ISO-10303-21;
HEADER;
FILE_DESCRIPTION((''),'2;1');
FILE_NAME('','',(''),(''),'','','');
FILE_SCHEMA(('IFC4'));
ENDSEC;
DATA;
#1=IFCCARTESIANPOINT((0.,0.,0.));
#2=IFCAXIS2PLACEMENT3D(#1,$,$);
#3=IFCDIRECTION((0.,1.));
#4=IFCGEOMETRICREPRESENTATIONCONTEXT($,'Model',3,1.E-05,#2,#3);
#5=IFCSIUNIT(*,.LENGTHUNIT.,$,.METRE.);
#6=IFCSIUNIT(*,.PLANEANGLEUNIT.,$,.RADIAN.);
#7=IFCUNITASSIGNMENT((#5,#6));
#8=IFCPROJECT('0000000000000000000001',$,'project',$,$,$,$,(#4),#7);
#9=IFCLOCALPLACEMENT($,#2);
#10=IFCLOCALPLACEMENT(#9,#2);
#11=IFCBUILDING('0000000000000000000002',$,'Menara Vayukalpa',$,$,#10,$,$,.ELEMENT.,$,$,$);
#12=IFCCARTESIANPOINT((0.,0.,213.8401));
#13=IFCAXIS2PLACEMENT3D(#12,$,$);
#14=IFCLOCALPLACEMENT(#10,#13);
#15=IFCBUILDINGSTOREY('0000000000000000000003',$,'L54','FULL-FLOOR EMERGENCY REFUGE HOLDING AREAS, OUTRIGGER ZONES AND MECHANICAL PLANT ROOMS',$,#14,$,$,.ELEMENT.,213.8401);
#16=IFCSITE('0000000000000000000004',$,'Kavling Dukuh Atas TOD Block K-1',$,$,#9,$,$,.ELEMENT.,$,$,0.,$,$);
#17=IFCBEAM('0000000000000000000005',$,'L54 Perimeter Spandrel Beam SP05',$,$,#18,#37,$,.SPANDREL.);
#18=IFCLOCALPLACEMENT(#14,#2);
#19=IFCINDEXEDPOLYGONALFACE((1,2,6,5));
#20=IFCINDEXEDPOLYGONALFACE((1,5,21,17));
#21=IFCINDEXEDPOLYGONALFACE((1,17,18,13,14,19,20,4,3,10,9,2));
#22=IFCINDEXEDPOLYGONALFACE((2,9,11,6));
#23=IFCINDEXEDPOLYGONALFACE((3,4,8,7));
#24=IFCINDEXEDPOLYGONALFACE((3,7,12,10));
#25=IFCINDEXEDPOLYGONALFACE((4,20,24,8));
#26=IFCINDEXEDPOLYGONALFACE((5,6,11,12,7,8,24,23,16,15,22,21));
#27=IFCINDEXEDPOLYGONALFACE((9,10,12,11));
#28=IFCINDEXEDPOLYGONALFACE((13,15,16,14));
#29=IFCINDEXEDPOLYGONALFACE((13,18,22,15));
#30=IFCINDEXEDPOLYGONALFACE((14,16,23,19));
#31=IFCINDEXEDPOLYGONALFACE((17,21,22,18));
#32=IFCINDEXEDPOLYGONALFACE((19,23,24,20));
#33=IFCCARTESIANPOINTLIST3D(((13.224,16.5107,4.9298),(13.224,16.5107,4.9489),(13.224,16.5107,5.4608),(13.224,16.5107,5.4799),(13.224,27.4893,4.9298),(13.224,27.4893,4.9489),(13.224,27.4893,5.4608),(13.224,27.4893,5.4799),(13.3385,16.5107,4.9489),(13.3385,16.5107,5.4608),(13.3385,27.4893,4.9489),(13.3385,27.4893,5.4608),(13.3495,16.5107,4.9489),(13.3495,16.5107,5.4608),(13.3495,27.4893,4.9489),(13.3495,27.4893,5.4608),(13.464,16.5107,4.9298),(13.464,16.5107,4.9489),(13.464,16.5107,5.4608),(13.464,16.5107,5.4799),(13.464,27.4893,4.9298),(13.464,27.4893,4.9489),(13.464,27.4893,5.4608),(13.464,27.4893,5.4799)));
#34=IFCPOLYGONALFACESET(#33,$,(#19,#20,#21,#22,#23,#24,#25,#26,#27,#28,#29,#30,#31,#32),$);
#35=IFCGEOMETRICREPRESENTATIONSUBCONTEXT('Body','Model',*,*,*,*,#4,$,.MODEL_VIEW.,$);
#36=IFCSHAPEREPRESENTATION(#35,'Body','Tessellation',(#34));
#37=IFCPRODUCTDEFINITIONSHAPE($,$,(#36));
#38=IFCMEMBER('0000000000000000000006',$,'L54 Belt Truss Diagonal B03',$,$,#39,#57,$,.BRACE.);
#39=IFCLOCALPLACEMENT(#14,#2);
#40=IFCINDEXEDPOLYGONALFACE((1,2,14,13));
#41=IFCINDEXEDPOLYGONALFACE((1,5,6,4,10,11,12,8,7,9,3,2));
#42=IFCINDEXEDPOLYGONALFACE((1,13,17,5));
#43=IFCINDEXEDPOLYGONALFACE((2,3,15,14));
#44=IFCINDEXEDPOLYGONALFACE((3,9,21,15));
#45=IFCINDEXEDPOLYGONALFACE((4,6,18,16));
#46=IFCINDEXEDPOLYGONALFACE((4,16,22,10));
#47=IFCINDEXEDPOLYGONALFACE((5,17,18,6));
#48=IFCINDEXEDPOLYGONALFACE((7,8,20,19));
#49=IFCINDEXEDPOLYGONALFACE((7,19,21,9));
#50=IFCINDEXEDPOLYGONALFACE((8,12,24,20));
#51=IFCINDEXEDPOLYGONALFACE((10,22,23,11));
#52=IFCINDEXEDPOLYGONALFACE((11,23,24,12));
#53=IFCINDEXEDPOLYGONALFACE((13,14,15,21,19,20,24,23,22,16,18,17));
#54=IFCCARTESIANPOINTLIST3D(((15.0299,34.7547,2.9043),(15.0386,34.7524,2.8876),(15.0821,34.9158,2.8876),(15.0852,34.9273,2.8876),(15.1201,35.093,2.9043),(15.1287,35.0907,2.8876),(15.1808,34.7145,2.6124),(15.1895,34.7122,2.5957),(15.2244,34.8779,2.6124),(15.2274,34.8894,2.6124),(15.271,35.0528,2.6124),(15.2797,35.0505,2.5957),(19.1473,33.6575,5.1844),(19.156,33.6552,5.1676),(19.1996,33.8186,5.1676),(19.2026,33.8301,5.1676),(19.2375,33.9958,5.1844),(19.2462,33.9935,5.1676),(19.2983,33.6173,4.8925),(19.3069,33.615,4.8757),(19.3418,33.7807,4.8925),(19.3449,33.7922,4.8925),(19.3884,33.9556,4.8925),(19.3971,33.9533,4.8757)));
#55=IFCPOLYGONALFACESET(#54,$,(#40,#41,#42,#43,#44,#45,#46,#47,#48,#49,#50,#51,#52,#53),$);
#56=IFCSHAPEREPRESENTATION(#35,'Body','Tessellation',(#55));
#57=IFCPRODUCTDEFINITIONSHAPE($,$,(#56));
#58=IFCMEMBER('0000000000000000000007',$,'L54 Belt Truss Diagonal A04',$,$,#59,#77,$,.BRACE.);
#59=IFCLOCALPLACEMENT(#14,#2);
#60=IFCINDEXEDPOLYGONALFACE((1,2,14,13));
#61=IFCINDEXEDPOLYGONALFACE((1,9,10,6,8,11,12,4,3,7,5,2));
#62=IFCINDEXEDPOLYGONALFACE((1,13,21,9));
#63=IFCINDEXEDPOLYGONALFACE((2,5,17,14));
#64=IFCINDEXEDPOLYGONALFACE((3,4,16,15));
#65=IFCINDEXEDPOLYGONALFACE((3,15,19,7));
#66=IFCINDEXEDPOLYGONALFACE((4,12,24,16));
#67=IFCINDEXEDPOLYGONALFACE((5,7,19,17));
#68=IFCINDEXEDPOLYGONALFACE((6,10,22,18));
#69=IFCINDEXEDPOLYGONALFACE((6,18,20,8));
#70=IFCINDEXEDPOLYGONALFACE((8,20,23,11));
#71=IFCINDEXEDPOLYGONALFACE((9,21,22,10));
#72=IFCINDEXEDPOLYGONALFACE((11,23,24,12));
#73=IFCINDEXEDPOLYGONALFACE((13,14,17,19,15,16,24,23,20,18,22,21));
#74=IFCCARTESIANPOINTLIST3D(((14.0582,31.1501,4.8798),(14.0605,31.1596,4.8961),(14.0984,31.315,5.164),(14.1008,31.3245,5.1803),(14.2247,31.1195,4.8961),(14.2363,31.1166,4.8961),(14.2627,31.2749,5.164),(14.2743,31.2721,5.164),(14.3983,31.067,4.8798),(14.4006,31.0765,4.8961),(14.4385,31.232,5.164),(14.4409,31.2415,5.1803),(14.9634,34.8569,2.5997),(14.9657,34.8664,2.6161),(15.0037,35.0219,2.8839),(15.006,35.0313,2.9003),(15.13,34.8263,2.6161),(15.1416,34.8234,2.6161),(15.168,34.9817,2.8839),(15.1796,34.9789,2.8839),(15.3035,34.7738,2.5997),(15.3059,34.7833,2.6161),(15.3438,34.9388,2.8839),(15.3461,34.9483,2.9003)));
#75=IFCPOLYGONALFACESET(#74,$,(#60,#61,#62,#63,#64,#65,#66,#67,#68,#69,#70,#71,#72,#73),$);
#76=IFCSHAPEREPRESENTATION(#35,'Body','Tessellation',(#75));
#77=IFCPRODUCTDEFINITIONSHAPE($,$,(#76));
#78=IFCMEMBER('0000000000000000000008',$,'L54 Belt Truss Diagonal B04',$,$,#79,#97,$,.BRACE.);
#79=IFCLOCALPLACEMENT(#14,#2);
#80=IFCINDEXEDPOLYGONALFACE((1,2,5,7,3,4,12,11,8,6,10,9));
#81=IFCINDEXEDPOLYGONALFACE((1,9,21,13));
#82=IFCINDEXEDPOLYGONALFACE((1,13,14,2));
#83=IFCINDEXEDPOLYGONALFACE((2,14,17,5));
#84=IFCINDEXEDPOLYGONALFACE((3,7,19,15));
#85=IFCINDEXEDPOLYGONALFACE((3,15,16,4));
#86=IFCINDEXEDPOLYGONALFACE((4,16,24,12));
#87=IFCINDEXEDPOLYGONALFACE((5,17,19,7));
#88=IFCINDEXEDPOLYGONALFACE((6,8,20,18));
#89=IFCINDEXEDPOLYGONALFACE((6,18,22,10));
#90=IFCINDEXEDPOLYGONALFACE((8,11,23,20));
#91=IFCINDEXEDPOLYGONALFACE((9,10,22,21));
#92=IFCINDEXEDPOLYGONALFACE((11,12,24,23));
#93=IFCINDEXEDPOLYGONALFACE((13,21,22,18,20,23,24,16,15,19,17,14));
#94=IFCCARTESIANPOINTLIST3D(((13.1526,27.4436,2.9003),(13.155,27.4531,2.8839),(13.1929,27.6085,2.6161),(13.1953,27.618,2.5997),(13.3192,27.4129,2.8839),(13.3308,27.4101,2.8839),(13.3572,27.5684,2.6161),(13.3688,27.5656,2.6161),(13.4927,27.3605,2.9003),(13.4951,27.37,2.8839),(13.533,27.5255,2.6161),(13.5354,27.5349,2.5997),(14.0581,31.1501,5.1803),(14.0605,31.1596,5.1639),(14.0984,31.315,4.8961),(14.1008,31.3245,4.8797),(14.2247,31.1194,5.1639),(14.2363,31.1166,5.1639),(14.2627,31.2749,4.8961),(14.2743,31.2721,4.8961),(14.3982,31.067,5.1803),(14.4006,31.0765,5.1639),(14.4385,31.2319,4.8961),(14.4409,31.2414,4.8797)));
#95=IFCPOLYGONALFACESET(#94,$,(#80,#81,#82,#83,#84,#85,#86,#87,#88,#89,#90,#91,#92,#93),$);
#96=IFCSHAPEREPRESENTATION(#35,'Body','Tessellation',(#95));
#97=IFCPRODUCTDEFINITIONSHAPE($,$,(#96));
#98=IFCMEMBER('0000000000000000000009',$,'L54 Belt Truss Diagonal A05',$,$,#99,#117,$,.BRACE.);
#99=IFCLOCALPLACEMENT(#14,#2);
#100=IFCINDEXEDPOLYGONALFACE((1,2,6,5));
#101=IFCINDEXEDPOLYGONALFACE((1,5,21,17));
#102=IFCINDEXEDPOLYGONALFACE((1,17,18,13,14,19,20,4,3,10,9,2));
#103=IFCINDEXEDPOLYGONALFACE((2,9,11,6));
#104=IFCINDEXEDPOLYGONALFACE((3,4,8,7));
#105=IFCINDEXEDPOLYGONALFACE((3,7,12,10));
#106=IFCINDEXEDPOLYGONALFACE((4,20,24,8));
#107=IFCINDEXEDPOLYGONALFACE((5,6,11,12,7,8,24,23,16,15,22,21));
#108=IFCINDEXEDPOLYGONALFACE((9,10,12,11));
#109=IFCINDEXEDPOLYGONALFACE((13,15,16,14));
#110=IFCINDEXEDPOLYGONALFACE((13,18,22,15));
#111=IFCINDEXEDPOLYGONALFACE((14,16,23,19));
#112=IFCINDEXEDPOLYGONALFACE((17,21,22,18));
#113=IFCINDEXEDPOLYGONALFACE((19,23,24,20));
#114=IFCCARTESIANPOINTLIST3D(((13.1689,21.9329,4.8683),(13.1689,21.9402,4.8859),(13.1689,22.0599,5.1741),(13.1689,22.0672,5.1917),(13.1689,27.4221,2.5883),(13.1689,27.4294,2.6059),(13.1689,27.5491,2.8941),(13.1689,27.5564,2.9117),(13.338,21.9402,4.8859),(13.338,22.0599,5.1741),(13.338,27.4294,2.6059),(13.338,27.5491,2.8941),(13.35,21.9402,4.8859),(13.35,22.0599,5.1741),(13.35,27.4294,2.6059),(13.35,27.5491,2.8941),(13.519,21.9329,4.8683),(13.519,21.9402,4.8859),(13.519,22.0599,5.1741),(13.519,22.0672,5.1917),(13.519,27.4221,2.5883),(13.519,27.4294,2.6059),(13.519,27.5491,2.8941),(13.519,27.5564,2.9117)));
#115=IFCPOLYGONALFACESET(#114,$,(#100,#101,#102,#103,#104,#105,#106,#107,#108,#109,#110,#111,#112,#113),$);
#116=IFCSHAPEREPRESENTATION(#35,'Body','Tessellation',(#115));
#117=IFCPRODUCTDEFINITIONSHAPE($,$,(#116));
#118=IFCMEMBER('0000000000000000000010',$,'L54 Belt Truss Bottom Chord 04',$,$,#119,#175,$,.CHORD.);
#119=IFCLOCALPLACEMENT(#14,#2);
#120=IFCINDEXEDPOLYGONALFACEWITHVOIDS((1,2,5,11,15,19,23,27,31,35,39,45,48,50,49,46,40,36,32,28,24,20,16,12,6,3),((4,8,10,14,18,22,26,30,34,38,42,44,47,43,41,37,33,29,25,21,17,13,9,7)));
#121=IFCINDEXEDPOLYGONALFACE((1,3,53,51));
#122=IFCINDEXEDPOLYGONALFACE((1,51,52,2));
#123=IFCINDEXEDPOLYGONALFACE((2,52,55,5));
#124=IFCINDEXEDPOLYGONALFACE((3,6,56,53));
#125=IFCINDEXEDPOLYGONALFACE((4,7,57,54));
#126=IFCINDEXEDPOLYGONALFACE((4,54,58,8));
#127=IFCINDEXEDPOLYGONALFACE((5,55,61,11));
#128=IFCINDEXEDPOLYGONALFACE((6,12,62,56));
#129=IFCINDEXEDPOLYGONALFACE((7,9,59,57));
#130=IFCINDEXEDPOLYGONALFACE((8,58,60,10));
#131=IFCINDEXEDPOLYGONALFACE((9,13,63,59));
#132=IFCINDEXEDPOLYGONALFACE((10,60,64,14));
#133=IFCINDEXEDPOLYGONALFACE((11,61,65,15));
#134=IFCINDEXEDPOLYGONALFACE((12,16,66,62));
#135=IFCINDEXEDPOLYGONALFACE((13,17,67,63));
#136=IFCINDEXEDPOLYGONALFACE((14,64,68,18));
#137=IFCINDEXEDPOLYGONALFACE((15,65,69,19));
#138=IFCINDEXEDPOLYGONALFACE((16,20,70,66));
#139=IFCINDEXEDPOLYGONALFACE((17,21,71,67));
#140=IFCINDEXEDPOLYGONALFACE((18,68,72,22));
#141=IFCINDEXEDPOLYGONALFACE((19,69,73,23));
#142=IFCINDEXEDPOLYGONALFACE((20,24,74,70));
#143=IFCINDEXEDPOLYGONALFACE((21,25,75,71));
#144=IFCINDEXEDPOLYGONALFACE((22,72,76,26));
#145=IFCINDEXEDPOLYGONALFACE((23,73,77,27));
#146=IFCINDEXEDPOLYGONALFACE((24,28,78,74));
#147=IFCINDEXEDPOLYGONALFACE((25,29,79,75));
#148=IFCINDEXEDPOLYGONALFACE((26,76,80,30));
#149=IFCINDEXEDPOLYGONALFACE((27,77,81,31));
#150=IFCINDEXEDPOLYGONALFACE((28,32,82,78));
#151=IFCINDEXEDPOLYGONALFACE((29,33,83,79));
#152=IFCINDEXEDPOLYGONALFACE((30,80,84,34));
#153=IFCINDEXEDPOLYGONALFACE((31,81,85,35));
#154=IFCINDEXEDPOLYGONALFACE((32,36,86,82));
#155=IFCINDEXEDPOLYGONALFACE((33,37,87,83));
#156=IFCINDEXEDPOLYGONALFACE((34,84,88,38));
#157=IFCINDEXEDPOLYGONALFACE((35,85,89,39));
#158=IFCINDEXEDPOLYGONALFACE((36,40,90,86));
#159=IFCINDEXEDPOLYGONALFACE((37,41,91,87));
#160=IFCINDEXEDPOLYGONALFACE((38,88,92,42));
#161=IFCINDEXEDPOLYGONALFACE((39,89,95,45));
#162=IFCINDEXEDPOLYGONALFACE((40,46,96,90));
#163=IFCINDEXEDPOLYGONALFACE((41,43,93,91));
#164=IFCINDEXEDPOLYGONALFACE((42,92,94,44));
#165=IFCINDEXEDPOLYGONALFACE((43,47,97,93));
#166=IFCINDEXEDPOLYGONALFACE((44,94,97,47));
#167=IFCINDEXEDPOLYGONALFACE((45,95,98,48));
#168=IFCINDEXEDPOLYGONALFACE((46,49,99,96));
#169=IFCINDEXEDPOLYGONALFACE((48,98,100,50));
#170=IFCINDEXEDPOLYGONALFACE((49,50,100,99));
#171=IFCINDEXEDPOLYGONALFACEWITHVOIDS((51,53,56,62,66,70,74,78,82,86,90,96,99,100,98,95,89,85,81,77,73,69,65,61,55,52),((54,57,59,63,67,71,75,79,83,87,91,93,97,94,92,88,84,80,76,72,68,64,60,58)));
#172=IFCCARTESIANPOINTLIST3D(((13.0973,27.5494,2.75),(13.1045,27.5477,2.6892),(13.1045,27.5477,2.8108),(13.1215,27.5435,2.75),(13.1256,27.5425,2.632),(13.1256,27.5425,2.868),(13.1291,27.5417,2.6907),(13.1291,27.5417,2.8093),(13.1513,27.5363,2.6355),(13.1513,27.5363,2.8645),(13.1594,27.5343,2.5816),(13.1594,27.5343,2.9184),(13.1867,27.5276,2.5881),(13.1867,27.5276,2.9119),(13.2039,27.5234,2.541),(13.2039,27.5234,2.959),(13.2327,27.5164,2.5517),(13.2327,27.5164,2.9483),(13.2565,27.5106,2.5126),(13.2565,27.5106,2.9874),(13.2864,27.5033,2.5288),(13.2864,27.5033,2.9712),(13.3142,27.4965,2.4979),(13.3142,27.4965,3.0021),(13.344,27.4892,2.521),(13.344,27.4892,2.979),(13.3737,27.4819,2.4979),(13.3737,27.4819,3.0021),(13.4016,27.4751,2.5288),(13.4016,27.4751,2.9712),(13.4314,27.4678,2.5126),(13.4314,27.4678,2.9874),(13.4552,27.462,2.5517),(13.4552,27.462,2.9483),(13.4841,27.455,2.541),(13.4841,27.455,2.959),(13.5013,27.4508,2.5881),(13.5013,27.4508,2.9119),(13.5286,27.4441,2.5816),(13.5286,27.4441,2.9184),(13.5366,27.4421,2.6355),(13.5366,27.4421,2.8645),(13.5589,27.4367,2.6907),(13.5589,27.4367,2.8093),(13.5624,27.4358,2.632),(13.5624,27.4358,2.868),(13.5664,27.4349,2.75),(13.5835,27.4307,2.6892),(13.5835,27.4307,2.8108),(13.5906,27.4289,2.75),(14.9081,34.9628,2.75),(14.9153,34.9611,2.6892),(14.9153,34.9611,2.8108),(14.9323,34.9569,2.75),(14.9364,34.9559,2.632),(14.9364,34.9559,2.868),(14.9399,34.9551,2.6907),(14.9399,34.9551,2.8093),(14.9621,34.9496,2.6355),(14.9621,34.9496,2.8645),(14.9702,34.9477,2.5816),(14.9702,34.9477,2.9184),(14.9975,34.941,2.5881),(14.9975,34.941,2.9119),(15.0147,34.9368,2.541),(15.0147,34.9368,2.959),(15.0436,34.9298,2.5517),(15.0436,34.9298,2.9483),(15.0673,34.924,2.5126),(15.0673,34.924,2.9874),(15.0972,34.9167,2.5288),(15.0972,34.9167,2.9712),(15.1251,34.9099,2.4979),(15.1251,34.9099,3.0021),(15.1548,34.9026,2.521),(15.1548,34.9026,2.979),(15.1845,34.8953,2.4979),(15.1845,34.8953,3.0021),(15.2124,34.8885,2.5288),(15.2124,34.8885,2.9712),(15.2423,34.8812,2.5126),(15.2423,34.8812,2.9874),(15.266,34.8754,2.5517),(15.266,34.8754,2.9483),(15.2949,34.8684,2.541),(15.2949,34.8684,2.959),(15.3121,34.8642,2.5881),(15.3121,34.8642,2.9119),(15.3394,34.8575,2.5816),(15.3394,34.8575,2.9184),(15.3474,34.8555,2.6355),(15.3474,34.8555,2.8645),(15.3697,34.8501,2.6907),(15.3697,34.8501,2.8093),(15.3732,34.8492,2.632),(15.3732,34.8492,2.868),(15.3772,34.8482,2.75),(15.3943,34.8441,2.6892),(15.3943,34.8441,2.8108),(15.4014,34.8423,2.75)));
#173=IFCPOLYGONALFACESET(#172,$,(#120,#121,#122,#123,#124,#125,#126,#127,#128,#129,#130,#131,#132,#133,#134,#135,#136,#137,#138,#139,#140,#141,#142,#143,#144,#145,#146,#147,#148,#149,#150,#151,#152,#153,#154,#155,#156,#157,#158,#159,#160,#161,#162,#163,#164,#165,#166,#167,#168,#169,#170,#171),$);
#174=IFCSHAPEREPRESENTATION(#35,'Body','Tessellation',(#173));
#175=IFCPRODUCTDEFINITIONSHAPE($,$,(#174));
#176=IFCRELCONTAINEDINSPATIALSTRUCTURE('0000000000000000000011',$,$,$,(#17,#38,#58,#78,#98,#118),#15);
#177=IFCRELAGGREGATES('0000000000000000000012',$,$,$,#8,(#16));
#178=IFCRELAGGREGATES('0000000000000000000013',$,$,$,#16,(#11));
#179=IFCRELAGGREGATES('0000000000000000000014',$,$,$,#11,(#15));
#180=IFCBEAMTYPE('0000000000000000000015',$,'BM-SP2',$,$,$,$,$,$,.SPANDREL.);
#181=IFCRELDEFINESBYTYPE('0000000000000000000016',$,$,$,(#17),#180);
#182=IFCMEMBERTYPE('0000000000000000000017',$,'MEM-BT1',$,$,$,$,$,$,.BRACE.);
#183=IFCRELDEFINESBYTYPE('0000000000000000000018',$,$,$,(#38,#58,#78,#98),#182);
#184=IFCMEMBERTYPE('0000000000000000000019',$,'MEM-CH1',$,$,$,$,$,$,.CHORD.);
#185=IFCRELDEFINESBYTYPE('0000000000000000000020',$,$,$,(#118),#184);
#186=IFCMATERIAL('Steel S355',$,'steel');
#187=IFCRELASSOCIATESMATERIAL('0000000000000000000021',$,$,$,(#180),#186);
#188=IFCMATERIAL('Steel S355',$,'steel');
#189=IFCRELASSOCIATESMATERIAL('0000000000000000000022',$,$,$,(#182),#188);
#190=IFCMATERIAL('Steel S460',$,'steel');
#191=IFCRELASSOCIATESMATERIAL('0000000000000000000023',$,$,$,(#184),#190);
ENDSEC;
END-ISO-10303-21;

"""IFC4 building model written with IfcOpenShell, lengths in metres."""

from ifc_helpers import new_model, si_unit, direction, frame, origin, origin_2d, place, context, subcontext, project, spatial, hollow_circle, i_section, extrude, material, material_profile, profile_set, type_object, element, save


model = new_model("IFC4")

# Units and contexts
model_context = context("Model", 3, precision=1e-05, world=origin(), true_north=direction((0.0, 1.0)))
body_context = subcontext(model_context, "Body", "Model", "MODEL_VIEW")
ifc_project = project(units=[si_unit("LENGTHUNIT", "METRE"), si_unit("PLANEANGLEUNIT", "RADIAN")], contexts=[model_context])

# Site, building, storey
site_placement = place(None, origin())
site = spatial("IfcSite", under=ifc_project, at=site_placement, Name="Kavling Dukuh Atas TOD Block K-1", CompositionType="ELEMENT", RefElevation=0.0)
building_placement = place(site_placement, origin())
building = spatial("IfcBuilding", under=site, at=building_placement, Name="Menara Vayukalpa", CompositionType="ELEMENT")
storey_placement = place(building_placement, frame((0.0, 0.0, 213.8401)))
storey = spatial("IfcBuildingStorey", under=building, at=storey_placement, Name="L54", Description="FULL-FLOOR EMERGENCY REFUGE HOLDING AREAS, OUTRIGGER ZONES AND MECHANICAL PLANT ROOMS", CompositionType="ELEMENT", Elevation=213.8401)

# Beam
ifc_material_1 = material(Name="Steel S355", Category="steel")
ifc_material_profile_1 = material_profile(ifc_material_1, i_section(OverallWidth=0.24, OverallDepth=0.55, WebThickness=0.011, FlangeThickness=0.019, at=origin_2d()), Name="WF 550x240x11x19")
ifc_profile_set_1 = profile_set([ifc_material_profile_1], Name="Steel S355")
beam_type_1 = type_object("IfcBeamType", Name="BM-SP2", PredefinedType="SPANDREL", material=ifc_profile_set_1)
beam_1_placement = place(storey_placement, frame((13.344, 27.4893, 5.2048), z_axis=(0.0, -1.0, 0.0), x_axis=(1.0, 0.0, 0.0)))
element("IfcBeam", 1, at=beam_1_placement, inside=storey, type_object=beam_type_1, Name="L54 Perimeter Spandrel Beam SP05", PredefinedType="SPANDREL", context=body_context, shape_type="SweptSolid", body=[
    extrude(i_section(OverallWidth=0.24, OverallDepth=0.55, WebThickness=0.011, FlangeThickness=0.019, at=origin_2d()), origin(), (0.0, 0.0, 1.0), 10.9785),
])

# Members
ifc_material_2 = material(Name="Steel S355", Category="steel")
ifc_material_profile_2 = material_profile(ifc_material_2, i_section(OverallWidth=0.3501, OverallDepth=0.3501, WebThickness=0.012, FlangeThickness=0.019, at=origin_2d()), Name="H 350x350x12x19")
ifc_profile_set_2 = profile_set([ifc_material_profile_2], Name="Steel S355")
member_type_1 = type_object("IfcMemberType", Name="MEM-BT1", PredefinedType="BRACE", material=ifc_profile_set_2)
member_1_placement = place(storey_placement, frame((15.1548, 34.9026, 2.75), z_axis=(0.851984, -0.227027, 0.471786), x_axis=(0.257484, 0.966282, 0.0)))
element("IfcMember", 2, at=member_1_placement, inside=storey, type_object=member_type_1, Name="L54 Belt Truss Diagonal B03", PredefinedType="BRACE", context=body_context, shape_type="SweptSolid", body=[
    extrude(i_section(OverallWidth=0.3501, OverallDepth=0.3501, WebThickness=0.012, FlangeThickness=0.019, at=origin_2d()), origin(), (0.0, 0.0, 1.0), 4.8328),
])
member_2_placement = place(storey_placement, frame((15.1548, 34.9026, 2.75), z_axis=(-0.20366, -0.833917, 0.512939), x_axis=(0.971449, -0.237248, 0.0)))
element("IfcMember", 3, at=member_2_placement, inside=storey, type_object=member_type_1, Name="L54 Belt Truss Diagonal A04", PredefinedType="BRACE", context=body_context, shape_type="SweptSolid", body=[
    extrude(i_section(OverallWidth=0.3501, OverallDepth=0.3501, WebThickness=0.012, FlangeThickness=0.019, at=origin_2d()), origin(), (0.0, 0.0, 1.0), 4.4451),
])
member_3_placement = place(storey_placement, frame((13.344, 27.4893, 2.75), z_axis=(0.203721, 0.83389, 0.512956), x_axis=(-0.971431, 0.237323, 0.0)))
element("IfcMember", 4, at=member_3_placement, inside=storey, type_object=member_type_1, Name="L54 Belt Truss Diagonal B04", PredefinedType="BRACE", context=body_context, shape_type="SweptSolid", body=[
    extrude(i_section(OverallWidth=0.3501, OverallDepth=0.3501, WebThickness=0.012, FlangeThickness=0.019, at=origin_2d()), origin(), (0.0, 0.0, 1.0), 4.4448),
])
member_4_placement = place(storey_placement, frame((13.344, 27.4893, 2.75), z_axis=(0.0, -0.923504, 0.383589), x_axis=(1.0, 0.0, 0.0)))
element("IfcMember", 5, at=member_4_placement, inside=storey, type_object=member_type_1, Name="L54 Belt Truss Diagonal A05", PredefinedType="BRACE", context=body_context, shape_type="SweptSolid", body=[
    extrude(i_section(OverallWidth=0.3501, OverallDepth=0.3501, WebThickness=0.012, FlangeThickness=0.019, at=origin_2d()), origin(), (0.0, 0.0, 1.0), 5.9438),
])
ifc_material_3 = material(Name="Steel S460", Category="steel")
ifc_material_profile_3 = material_profile(ifc_material_3, hollow_circle(Radius=0.2539, WallThickness=0.0249, at=origin_2d()), Name="CHS 508.0x25")
ifc_profile_set_3 = profile_set([ifc_material_profile_3], Name="Steel S460")
member_type_2 = type_object("IfcMemberType", Name="MEM-CH1", PredefinedType="CHORD", material=ifc_profile_set_3)
member_5_placement = place(storey_placement, frame((15.1548, 34.9026, 2.75), z_axis=(-0.237285, -0.97144, 0.0), x_axis=(0.97144, -0.237285, 0.0)))
element("IfcMember", 6, at=member_5_placement, inside=storey, type_object=member_type_2, Name="L54 Belt Truss Bottom Chord 04", PredefinedType="CHORD", context=body_context, shape_type="SweptSolid", body=[
    extrude(hollow_circle(Radius=0.2539, WallThickness=0.0249, at=origin_2d()), origin(), (0.0, 0.0, 1.0), 7.6313),
])

save(model, "model.ifc")
